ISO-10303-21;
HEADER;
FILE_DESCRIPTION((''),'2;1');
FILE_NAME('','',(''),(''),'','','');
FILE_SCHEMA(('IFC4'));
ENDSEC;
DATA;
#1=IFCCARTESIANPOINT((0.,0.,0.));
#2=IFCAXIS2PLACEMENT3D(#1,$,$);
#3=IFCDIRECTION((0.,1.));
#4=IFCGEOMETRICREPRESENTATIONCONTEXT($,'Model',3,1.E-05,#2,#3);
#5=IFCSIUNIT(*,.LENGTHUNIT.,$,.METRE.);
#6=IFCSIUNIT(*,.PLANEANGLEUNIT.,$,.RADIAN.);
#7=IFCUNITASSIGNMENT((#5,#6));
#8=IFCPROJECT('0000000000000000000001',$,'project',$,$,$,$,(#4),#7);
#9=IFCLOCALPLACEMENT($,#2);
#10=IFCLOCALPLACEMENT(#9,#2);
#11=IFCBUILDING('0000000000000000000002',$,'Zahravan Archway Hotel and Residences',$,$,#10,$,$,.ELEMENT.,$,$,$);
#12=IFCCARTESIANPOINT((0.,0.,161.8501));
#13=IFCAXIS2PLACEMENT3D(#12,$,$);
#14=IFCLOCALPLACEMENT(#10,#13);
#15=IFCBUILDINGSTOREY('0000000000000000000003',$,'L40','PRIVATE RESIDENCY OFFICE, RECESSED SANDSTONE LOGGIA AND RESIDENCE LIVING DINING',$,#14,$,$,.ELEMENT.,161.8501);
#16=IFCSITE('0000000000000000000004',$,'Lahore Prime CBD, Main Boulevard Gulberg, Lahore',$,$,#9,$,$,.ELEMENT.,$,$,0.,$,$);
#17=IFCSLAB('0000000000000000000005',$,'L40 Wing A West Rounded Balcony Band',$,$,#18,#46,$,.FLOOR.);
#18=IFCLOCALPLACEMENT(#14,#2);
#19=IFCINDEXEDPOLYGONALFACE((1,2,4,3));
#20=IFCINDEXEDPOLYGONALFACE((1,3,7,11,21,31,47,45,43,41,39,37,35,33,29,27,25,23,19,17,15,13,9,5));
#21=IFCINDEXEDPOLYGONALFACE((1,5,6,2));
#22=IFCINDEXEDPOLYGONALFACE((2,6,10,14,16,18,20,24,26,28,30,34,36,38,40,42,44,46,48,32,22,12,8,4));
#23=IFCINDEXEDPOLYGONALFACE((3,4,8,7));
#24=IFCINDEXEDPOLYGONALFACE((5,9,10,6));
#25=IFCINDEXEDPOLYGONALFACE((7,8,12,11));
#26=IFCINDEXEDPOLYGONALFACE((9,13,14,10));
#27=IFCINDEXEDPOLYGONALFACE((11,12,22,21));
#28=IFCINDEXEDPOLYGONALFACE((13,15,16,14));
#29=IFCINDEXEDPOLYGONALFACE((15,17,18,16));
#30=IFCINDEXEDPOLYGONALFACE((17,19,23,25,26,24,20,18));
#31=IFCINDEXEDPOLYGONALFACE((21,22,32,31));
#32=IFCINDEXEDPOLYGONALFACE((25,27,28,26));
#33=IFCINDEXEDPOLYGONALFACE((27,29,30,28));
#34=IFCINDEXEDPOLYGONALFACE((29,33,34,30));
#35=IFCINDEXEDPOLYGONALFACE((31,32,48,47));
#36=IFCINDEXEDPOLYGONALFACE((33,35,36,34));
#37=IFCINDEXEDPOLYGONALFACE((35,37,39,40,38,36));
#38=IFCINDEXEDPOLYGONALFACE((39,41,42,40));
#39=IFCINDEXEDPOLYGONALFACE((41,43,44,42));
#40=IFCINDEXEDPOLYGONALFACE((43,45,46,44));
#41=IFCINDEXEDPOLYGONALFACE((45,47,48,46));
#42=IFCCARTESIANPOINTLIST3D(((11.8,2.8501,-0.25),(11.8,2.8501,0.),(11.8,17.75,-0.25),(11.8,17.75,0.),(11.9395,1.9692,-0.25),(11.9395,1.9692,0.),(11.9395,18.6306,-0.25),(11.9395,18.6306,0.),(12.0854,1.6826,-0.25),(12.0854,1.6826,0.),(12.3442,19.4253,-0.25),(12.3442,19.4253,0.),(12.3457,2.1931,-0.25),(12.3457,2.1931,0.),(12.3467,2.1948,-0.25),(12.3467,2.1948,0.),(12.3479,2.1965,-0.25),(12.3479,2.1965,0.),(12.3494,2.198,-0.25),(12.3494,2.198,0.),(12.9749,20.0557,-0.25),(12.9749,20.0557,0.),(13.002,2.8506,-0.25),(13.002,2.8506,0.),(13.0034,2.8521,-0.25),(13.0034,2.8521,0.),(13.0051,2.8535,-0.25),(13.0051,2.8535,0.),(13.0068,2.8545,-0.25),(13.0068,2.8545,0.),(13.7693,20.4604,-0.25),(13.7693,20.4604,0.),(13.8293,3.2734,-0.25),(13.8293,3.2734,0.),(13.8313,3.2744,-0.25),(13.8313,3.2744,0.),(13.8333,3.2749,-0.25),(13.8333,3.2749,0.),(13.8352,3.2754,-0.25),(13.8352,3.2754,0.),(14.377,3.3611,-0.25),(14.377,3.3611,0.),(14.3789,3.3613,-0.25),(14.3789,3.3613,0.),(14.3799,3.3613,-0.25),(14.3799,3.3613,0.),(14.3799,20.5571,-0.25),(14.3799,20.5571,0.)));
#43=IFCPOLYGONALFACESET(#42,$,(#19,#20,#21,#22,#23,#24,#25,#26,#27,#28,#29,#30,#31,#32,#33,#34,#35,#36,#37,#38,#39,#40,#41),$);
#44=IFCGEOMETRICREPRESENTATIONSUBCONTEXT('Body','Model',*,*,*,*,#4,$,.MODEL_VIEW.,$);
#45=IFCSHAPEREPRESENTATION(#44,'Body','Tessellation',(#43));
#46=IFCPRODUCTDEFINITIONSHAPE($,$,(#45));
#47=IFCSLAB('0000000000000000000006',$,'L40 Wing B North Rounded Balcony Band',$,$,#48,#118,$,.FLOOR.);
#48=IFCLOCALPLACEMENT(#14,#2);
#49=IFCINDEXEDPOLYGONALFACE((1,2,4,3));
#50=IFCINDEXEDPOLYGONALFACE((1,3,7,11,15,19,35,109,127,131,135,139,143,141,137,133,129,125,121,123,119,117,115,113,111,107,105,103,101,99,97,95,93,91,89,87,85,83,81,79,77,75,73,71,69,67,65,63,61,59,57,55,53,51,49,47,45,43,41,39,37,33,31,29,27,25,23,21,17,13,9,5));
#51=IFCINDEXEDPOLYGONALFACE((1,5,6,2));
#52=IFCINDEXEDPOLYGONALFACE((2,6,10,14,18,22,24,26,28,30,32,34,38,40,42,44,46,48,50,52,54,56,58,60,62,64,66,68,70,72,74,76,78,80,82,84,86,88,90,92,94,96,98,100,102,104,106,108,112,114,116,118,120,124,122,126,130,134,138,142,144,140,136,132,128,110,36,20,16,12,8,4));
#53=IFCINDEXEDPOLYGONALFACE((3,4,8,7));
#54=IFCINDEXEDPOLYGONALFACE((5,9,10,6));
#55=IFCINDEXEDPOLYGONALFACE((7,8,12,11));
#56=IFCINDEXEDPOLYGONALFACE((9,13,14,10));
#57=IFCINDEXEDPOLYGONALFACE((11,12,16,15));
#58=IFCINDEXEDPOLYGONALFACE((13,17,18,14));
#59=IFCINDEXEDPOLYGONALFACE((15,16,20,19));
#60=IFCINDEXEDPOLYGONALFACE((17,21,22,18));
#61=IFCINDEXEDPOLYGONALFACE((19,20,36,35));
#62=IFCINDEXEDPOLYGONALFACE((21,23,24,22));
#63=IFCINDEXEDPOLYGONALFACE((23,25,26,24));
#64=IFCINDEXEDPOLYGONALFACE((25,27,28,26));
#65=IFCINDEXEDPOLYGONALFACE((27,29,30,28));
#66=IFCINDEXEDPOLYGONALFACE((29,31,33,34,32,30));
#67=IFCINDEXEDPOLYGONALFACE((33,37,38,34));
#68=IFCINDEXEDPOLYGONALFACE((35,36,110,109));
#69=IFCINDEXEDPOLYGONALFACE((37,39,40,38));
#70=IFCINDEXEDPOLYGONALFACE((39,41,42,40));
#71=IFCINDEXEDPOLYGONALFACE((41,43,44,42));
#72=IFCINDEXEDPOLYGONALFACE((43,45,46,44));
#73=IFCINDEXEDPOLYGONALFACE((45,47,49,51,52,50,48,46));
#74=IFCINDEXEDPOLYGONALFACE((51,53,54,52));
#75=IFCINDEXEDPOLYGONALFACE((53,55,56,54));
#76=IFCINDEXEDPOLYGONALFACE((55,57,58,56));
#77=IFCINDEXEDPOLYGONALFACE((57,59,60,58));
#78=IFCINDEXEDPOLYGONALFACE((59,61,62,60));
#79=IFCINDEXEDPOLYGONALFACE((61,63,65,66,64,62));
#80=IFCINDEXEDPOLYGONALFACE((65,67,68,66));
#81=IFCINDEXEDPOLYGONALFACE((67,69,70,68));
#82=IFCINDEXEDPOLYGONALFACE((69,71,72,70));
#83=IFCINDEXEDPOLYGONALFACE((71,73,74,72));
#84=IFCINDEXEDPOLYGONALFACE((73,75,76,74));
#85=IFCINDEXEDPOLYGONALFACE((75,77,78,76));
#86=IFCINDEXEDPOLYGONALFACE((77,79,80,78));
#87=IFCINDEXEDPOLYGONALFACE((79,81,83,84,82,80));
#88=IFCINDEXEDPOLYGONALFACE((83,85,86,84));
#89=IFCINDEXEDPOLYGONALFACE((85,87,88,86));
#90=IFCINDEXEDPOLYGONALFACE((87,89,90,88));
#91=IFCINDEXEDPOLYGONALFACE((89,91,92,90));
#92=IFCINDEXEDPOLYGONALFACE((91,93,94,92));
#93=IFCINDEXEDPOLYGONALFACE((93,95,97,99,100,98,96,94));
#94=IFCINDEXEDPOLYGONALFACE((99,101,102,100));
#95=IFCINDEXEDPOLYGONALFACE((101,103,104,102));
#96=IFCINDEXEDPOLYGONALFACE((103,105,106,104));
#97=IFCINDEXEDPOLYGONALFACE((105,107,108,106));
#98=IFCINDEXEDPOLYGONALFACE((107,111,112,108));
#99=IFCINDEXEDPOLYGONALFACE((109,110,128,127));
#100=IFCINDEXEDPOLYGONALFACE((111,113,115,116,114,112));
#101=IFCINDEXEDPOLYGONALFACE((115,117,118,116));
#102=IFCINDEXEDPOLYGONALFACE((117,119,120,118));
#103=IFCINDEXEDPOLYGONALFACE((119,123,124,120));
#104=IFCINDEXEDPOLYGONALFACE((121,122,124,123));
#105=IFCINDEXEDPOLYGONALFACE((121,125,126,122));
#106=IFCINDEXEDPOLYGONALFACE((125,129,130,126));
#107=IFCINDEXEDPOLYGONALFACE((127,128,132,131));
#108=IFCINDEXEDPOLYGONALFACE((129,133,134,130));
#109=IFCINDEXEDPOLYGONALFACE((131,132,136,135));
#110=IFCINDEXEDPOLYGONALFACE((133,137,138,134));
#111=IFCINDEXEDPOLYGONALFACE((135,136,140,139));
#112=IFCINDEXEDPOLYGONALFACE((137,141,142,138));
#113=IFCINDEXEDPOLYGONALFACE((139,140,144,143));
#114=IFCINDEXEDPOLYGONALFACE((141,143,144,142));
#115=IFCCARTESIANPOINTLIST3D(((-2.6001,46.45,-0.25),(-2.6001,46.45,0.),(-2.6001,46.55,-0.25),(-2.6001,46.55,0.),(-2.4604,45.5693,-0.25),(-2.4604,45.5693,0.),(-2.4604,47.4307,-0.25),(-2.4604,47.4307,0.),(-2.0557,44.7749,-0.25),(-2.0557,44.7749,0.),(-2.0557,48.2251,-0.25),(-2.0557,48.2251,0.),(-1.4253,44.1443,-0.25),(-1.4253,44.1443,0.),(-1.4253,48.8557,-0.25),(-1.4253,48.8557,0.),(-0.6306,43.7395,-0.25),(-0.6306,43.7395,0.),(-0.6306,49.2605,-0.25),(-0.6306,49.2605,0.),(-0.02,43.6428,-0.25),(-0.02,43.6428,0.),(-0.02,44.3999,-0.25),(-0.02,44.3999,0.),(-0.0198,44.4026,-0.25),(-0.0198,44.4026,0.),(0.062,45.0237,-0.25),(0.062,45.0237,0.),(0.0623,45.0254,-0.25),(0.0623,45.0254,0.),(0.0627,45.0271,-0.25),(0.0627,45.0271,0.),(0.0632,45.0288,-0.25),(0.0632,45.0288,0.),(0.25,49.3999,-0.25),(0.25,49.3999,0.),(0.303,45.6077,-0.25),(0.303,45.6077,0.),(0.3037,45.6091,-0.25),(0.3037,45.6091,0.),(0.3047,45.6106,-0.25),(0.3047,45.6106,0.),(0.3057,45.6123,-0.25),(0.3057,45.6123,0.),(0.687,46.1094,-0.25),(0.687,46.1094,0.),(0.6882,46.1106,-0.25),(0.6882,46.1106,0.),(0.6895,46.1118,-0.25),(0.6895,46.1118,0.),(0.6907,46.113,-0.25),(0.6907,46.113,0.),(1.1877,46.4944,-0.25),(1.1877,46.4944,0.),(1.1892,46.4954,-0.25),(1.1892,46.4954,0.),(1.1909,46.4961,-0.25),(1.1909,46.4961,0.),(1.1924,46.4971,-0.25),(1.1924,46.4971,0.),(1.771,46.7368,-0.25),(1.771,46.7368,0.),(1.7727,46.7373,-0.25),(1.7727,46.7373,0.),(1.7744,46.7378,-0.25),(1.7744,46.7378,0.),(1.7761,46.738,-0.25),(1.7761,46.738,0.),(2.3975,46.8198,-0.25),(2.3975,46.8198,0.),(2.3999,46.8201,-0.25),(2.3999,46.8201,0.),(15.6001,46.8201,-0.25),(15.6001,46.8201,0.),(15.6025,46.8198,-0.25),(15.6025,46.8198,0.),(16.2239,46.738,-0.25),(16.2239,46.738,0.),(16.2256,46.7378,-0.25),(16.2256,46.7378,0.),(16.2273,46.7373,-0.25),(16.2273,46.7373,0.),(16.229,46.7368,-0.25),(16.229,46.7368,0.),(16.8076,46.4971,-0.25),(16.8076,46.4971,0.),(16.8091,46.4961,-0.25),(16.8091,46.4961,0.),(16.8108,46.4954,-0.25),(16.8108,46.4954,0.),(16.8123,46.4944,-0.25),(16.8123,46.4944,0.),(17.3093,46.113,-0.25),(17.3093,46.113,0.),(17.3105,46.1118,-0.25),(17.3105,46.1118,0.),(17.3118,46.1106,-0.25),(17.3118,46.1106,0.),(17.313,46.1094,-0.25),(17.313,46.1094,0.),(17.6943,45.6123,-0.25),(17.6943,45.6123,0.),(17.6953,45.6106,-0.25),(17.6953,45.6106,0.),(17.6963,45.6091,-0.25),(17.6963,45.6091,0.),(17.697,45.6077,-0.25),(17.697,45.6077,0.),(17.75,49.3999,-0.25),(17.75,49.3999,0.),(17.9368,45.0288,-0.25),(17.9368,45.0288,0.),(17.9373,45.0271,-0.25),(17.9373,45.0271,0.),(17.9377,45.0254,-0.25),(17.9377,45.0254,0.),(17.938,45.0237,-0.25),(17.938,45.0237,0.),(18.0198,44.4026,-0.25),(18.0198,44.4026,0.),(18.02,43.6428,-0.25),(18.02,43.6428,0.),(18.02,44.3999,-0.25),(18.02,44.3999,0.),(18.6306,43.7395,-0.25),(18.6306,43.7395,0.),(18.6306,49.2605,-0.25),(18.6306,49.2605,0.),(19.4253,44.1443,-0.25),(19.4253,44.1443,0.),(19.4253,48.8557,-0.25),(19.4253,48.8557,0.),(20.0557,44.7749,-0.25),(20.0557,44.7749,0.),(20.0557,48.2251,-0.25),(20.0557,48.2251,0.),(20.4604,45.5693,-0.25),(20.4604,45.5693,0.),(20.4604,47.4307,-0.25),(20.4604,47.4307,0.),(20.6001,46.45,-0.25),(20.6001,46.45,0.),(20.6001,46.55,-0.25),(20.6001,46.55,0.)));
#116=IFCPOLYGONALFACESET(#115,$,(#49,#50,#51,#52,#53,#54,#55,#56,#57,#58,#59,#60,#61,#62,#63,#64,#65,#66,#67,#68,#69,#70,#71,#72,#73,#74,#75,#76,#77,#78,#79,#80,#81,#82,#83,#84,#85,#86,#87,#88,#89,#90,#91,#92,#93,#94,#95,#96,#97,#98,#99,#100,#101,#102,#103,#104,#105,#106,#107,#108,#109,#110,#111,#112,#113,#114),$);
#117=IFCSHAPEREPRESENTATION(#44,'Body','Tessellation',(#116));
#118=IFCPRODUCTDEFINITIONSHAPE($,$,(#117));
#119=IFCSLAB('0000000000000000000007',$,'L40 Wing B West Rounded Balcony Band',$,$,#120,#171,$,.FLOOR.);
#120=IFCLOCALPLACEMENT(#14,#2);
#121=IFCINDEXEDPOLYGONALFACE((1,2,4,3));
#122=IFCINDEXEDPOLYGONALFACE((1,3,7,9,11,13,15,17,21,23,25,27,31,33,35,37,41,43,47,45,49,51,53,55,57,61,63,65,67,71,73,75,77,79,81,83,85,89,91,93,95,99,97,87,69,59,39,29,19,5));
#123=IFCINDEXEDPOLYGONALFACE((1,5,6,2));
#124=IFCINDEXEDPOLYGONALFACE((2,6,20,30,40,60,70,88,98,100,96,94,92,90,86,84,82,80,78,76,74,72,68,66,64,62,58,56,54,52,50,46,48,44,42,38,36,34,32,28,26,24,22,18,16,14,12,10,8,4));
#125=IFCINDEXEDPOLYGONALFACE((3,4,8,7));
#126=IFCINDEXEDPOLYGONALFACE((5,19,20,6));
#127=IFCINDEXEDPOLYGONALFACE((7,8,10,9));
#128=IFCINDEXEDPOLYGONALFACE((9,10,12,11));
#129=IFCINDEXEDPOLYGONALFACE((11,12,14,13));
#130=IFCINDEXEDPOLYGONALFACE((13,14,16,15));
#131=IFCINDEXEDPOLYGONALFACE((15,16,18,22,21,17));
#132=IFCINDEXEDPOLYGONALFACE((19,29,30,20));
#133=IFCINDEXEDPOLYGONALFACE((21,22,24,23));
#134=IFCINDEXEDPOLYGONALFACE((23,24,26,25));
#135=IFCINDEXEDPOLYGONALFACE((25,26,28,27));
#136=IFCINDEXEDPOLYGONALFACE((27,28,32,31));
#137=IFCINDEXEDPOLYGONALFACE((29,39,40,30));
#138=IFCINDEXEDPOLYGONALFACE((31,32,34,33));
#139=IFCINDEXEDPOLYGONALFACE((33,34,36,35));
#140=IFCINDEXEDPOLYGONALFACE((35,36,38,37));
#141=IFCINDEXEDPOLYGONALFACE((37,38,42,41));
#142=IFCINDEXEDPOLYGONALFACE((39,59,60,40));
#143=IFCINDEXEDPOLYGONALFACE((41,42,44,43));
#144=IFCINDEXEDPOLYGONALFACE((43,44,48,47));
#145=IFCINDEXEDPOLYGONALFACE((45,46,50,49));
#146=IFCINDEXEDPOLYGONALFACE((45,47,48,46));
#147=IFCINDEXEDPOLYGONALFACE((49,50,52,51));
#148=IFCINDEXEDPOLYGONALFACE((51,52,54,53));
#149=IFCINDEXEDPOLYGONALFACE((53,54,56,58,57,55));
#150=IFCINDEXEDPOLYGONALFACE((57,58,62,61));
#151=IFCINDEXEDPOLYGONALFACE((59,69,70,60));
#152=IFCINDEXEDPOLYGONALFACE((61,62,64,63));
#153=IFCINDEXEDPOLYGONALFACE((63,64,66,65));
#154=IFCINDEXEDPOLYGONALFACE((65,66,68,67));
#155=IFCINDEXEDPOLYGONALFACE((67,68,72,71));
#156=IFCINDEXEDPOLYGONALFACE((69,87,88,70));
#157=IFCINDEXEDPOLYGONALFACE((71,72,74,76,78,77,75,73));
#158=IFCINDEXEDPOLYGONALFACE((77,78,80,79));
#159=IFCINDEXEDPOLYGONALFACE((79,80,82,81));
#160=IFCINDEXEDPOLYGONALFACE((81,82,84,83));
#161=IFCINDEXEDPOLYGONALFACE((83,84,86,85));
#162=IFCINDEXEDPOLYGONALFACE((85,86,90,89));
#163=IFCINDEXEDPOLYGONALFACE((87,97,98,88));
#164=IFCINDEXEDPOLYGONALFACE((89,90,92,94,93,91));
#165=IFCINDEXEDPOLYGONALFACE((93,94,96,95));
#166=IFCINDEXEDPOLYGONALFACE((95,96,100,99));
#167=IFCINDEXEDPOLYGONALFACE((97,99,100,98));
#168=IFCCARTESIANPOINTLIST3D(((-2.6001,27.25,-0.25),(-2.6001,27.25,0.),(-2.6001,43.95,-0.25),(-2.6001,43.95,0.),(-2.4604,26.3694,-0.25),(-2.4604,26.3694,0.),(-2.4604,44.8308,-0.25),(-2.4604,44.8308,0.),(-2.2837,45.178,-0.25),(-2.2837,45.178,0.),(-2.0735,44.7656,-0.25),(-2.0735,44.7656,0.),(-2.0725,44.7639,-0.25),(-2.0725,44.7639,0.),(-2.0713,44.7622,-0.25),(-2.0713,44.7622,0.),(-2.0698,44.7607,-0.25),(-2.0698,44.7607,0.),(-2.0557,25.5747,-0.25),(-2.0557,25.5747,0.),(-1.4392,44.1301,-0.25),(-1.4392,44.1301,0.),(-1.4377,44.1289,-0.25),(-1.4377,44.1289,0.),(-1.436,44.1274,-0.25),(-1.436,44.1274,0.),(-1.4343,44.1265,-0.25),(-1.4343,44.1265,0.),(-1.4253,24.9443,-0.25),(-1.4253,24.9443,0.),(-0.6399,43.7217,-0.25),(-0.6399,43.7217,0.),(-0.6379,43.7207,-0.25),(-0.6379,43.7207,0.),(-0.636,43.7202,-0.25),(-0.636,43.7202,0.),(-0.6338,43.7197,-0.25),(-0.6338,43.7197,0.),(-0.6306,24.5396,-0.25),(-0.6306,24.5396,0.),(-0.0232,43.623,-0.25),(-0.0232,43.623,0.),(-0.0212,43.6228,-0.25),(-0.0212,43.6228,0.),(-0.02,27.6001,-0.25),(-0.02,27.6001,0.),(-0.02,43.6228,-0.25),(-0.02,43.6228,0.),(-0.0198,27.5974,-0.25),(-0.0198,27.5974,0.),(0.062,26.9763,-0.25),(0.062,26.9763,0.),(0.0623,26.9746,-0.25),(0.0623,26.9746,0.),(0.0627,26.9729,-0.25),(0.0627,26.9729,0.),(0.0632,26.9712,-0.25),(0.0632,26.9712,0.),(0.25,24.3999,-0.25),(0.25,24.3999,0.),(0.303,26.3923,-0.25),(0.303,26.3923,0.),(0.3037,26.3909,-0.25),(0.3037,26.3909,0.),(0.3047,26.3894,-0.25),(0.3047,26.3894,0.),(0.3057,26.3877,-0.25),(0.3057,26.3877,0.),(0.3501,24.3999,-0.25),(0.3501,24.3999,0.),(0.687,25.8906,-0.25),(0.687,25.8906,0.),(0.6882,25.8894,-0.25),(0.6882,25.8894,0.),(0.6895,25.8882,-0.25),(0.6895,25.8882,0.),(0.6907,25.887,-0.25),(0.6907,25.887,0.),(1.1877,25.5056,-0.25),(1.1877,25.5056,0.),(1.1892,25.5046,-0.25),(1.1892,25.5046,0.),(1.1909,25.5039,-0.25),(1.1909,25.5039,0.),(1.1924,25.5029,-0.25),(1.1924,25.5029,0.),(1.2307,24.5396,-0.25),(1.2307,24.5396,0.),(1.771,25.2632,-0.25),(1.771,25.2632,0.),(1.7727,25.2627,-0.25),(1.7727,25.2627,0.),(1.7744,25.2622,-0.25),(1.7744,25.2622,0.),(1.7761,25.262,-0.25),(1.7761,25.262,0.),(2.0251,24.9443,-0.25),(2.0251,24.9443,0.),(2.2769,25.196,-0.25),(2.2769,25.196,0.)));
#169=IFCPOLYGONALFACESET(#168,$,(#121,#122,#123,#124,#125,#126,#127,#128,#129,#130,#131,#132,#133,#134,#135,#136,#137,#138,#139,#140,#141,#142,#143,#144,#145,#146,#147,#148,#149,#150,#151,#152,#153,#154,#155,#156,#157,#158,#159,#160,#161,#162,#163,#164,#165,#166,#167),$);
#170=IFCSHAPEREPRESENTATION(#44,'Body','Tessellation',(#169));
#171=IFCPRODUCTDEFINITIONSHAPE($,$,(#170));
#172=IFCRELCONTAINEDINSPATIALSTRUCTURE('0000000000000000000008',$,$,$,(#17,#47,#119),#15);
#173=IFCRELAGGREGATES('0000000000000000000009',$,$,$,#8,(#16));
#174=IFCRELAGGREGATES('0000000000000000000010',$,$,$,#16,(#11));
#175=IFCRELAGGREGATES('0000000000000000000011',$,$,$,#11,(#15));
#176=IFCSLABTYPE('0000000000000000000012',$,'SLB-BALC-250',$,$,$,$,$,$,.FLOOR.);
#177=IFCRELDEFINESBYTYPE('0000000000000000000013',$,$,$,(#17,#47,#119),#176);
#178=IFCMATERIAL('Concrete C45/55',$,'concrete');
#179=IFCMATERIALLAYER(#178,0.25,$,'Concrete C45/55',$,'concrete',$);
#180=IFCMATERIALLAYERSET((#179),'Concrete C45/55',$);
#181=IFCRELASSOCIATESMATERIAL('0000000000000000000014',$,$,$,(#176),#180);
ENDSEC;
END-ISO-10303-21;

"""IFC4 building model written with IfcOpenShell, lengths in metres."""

from ifc_helpers import new_model, si_unit, direction, frame, origin, place, context, subcontext, project, spatial, polyline, outline, extrude, material, layer, layer_set, type_object, element, save


model = new_model("IFC4")

# Units and contexts
model_context = context("Model", 3, precision=1e-05, world=origin(), true_north=direction((0.0, 1.0)))
body_context = subcontext(model_context, "Body", "Model", "MODEL_VIEW")
ifc_project = project(units=[si_unit("LENGTHUNIT", "METRE"), si_unit("PLANEANGLEUNIT", "RADIAN")], contexts=[model_context])

# Site, building, storey
site_placement = place(None, origin())
site = spatial("IfcSite", under=ifc_project, at=site_placement, Name="Lahore Prime CBD, Main Boulevard Gulberg, Lahore", CompositionType="ELEMENT", RefElevation=0.0)
building_placement = place(site_placement, origin())
building = spatial("IfcBuilding", under=site, at=building_placement, Name="Zahravan Archway Hotel and Residences", CompositionType="ELEMENT")
storey_placement = place(building_placement, frame((0.0, 0.0, 161.8501)))
storey = spatial("IfcBuildingStorey", under=building, at=storey_placement, Name="L40", Description="PRIVATE RESIDENCY OFFICE, RECESSED SANDSTONE LOGGIA AND RESIDENCE LIVING DINING", CompositionType="ELEMENT", Elevation=161.8501)

# Slabs
ifc_material_1 = material(Name="Concrete C45/55", Category="concrete")
ifc_layer_1 = layer(ifc_material_1, 0.25, Name="Concrete C45/55", Category="concrete")
ifc_layer_set_1 = layer_set([ifc_layer_1], Name="Concrete C45/55")
slab_type_1 = type_object("IfcSlabType", Name="SLB-BALC-250", PredefinedType="FLOOR", material=ifc_layer_set_1)
slab_1_placement = place(storey_placement, frame((0.0, 0.0, -0.25)))
element("IfcSlab", 1, at=slab_1_placement, inside=storey, type_object=slab_type_1, Name="L40 Wing A West Rounded Balcony Band", PredefinedType="FLOOR", context=body_context, shape_type="SweptSolid", body=[
    extrude(outline(polyline([(11.9395, 1.9692), (11.8, 2.8501), (11.8, 17.75), (11.9395, 18.6306), (12.3442, 19.4253), (12.9749, 20.0557), (13.7693, 20.4604), (14.3799, 20.5571), (14.3799, 3.3613), (14.3789, 3.3613), (14.377, 3.3611), (13.8352, 3.2754), (13.8333, 3.2749), (13.8313, 3.2744), (13.8293, 3.2734), (13.0068, 2.8545), (13.0051, 2.8535), (13.0034, 2.8521), (13.002, 2.8506), (12.3494, 2.198), (12.3479, 2.1965), (12.3467, 2.1948), (12.3457, 2.1931), (12.0854, 1.6826), (11.9395, 1.9692)])), origin(), (0.0, 0.0, 1.0), 0.25),
])
slab_2_placement = place(storey_placement, frame((0.0, 0.0, -0.25)))
element("IfcSlab", 2, at=slab_2_placement, inside=storey, type_object=slab_type_1, Name="L40 Wing B North Rounded Balcony Band", PredefinedType="FLOOR", context=body_context, shape_type="SweptSolid", body=[
    extrude(outline(polyline([(-0.6306, 43.7395), (-1.4253, 44.1443), (-2.0557, 44.7749), (-2.4604, 45.5693), (-2.6001, 46.45), (-2.6001, 46.55), (-2.4604, 47.4307), (-2.0557, 48.2251), (-1.4253, 48.8557), (-0.6306, 49.2605), (0.25, 49.3999), (17.75, 49.3999), (18.6306, 49.2605), (19.4253, 48.8557), (20.0557, 48.2251), (20.4604, 47.4307), (20.6001, 46.55), (20.6001, 46.45), (20.4604, 45.5693), (20.0557, 44.7749), (19.4253, 44.1443), (18.6306, 43.7395), (18.02, 43.6428), (18.02, 44.3999), (18.0198, 44.4026), (17.938, 45.0237), (17.9377, 45.0254), (17.9373, 45.0271), (17.9368, 45.0288), (17.697, 45.6077), (17.6963, 45.6091), (17.6953, 45.6106), (17.6943, 45.6123), (17.313, 46.1094), (17.3118, 46.1106), (17.3105, 46.1118), (17.3093, 46.113), (16.8123, 46.4944), (16.8108, 46.4954), (16.8091, 46.4961), (16.8076, 46.4971), (16.229, 46.7368), (16.2273, 46.7373), (16.2256, 46.7378), (16.2239, 46.738), (15.6025, 46.8198), (15.6001, 46.8201), (2.3999, 46.8201), (2.3975, 46.8198), (1.7761, 46.738), (1.7744, 46.7378), (1.7727, 46.7373), (1.771, 46.7368), (1.1924, 46.4971), (1.1909, 46.4961), (1.1892, 46.4954), (1.1877, 46.4944), (0.6907, 46.113), (0.6895, 46.1118), (0.6882, 46.1106), (0.687, 46.1094), (0.3057, 45.6123), (0.3047, 45.6106), (0.3037, 45.6091), (0.303, 45.6077), (0.0632, 45.0288), (0.0627, 45.0271), (0.0623, 45.0254), (0.062, 45.0237), (-0.0198, 44.4026), (-0.02, 44.3999), (-0.02, 43.6428), (-0.6306, 43.7395)])), origin(), (0.0, 0.0, 1.0), 0.25),
])
slab_3_placement = place(storey_placement, frame((0.0, 0.0, -0.25)))
element("IfcSlab", 3, at=slab_3_placement, inside=storey, type_object=slab_type_1, Name="L40 Wing B West Rounded Balcony Band", PredefinedType="FLOOR", context=body_context, shape_type="SweptSolid", body=[
    extrude(outline(polyline([(2.0251, 24.9443), (1.2307, 24.5396), (0.3501, 24.3999), (0.25, 24.3999), (-0.6306, 24.5396), (-1.4253, 24.9443), (-2.0557, 25.5747), (-2.4604, 26.3694), (-2.6001, 27.25), (-2.6001, 43.95), (-2.4604, 44.8308), (-2.2837, 45.178), (-2.0735, 44.7656), (-2.0725, 44.7639), (-2.0713, 44.7622), (-2.0698, 44.7607), (-1.4392, 44.1301), (-1.4377, 44.1289), (-1.436, 44.1274), (-1.4343, 44.1265), (-0.6399, 43.7217), (-0.6379, 43.7207), (-0.636, 43.7202), (-0.6338, 43.7197), (-0.0232, 43.623), (-0.0212, 43.6228), (-0.02, 43.6228), (-0.02, 27.6001), (-0.0198, 27.5974), (0.062, 26.9763), (0.0623, 26.9746), (0.0627, 26.9729), (0.0632, 26.9712), (0.303, 26.3923), (0.3037, 26.3909), (0.3047, 26.3894), (0.3057, 26.3877), (0.687, 25.8906), (0.6882, 25.8894), (0.6895, 25.8882), (0.6907, 25.887), (1.1877, 25.5056), (1.1892, 25.5046), (1.1909, 25.5039), (1.1924, 25.5029), (1.771, 25.2632), (1.7727, 25.2627), (1.7744, 25.2622), (1.7761, 25.262), (2.2769, 25.196), (2.0251, 24.9443)])), origin(), (0.0, 0.0, 1.0), 0.25),
])

save(model, "model.ifc")
